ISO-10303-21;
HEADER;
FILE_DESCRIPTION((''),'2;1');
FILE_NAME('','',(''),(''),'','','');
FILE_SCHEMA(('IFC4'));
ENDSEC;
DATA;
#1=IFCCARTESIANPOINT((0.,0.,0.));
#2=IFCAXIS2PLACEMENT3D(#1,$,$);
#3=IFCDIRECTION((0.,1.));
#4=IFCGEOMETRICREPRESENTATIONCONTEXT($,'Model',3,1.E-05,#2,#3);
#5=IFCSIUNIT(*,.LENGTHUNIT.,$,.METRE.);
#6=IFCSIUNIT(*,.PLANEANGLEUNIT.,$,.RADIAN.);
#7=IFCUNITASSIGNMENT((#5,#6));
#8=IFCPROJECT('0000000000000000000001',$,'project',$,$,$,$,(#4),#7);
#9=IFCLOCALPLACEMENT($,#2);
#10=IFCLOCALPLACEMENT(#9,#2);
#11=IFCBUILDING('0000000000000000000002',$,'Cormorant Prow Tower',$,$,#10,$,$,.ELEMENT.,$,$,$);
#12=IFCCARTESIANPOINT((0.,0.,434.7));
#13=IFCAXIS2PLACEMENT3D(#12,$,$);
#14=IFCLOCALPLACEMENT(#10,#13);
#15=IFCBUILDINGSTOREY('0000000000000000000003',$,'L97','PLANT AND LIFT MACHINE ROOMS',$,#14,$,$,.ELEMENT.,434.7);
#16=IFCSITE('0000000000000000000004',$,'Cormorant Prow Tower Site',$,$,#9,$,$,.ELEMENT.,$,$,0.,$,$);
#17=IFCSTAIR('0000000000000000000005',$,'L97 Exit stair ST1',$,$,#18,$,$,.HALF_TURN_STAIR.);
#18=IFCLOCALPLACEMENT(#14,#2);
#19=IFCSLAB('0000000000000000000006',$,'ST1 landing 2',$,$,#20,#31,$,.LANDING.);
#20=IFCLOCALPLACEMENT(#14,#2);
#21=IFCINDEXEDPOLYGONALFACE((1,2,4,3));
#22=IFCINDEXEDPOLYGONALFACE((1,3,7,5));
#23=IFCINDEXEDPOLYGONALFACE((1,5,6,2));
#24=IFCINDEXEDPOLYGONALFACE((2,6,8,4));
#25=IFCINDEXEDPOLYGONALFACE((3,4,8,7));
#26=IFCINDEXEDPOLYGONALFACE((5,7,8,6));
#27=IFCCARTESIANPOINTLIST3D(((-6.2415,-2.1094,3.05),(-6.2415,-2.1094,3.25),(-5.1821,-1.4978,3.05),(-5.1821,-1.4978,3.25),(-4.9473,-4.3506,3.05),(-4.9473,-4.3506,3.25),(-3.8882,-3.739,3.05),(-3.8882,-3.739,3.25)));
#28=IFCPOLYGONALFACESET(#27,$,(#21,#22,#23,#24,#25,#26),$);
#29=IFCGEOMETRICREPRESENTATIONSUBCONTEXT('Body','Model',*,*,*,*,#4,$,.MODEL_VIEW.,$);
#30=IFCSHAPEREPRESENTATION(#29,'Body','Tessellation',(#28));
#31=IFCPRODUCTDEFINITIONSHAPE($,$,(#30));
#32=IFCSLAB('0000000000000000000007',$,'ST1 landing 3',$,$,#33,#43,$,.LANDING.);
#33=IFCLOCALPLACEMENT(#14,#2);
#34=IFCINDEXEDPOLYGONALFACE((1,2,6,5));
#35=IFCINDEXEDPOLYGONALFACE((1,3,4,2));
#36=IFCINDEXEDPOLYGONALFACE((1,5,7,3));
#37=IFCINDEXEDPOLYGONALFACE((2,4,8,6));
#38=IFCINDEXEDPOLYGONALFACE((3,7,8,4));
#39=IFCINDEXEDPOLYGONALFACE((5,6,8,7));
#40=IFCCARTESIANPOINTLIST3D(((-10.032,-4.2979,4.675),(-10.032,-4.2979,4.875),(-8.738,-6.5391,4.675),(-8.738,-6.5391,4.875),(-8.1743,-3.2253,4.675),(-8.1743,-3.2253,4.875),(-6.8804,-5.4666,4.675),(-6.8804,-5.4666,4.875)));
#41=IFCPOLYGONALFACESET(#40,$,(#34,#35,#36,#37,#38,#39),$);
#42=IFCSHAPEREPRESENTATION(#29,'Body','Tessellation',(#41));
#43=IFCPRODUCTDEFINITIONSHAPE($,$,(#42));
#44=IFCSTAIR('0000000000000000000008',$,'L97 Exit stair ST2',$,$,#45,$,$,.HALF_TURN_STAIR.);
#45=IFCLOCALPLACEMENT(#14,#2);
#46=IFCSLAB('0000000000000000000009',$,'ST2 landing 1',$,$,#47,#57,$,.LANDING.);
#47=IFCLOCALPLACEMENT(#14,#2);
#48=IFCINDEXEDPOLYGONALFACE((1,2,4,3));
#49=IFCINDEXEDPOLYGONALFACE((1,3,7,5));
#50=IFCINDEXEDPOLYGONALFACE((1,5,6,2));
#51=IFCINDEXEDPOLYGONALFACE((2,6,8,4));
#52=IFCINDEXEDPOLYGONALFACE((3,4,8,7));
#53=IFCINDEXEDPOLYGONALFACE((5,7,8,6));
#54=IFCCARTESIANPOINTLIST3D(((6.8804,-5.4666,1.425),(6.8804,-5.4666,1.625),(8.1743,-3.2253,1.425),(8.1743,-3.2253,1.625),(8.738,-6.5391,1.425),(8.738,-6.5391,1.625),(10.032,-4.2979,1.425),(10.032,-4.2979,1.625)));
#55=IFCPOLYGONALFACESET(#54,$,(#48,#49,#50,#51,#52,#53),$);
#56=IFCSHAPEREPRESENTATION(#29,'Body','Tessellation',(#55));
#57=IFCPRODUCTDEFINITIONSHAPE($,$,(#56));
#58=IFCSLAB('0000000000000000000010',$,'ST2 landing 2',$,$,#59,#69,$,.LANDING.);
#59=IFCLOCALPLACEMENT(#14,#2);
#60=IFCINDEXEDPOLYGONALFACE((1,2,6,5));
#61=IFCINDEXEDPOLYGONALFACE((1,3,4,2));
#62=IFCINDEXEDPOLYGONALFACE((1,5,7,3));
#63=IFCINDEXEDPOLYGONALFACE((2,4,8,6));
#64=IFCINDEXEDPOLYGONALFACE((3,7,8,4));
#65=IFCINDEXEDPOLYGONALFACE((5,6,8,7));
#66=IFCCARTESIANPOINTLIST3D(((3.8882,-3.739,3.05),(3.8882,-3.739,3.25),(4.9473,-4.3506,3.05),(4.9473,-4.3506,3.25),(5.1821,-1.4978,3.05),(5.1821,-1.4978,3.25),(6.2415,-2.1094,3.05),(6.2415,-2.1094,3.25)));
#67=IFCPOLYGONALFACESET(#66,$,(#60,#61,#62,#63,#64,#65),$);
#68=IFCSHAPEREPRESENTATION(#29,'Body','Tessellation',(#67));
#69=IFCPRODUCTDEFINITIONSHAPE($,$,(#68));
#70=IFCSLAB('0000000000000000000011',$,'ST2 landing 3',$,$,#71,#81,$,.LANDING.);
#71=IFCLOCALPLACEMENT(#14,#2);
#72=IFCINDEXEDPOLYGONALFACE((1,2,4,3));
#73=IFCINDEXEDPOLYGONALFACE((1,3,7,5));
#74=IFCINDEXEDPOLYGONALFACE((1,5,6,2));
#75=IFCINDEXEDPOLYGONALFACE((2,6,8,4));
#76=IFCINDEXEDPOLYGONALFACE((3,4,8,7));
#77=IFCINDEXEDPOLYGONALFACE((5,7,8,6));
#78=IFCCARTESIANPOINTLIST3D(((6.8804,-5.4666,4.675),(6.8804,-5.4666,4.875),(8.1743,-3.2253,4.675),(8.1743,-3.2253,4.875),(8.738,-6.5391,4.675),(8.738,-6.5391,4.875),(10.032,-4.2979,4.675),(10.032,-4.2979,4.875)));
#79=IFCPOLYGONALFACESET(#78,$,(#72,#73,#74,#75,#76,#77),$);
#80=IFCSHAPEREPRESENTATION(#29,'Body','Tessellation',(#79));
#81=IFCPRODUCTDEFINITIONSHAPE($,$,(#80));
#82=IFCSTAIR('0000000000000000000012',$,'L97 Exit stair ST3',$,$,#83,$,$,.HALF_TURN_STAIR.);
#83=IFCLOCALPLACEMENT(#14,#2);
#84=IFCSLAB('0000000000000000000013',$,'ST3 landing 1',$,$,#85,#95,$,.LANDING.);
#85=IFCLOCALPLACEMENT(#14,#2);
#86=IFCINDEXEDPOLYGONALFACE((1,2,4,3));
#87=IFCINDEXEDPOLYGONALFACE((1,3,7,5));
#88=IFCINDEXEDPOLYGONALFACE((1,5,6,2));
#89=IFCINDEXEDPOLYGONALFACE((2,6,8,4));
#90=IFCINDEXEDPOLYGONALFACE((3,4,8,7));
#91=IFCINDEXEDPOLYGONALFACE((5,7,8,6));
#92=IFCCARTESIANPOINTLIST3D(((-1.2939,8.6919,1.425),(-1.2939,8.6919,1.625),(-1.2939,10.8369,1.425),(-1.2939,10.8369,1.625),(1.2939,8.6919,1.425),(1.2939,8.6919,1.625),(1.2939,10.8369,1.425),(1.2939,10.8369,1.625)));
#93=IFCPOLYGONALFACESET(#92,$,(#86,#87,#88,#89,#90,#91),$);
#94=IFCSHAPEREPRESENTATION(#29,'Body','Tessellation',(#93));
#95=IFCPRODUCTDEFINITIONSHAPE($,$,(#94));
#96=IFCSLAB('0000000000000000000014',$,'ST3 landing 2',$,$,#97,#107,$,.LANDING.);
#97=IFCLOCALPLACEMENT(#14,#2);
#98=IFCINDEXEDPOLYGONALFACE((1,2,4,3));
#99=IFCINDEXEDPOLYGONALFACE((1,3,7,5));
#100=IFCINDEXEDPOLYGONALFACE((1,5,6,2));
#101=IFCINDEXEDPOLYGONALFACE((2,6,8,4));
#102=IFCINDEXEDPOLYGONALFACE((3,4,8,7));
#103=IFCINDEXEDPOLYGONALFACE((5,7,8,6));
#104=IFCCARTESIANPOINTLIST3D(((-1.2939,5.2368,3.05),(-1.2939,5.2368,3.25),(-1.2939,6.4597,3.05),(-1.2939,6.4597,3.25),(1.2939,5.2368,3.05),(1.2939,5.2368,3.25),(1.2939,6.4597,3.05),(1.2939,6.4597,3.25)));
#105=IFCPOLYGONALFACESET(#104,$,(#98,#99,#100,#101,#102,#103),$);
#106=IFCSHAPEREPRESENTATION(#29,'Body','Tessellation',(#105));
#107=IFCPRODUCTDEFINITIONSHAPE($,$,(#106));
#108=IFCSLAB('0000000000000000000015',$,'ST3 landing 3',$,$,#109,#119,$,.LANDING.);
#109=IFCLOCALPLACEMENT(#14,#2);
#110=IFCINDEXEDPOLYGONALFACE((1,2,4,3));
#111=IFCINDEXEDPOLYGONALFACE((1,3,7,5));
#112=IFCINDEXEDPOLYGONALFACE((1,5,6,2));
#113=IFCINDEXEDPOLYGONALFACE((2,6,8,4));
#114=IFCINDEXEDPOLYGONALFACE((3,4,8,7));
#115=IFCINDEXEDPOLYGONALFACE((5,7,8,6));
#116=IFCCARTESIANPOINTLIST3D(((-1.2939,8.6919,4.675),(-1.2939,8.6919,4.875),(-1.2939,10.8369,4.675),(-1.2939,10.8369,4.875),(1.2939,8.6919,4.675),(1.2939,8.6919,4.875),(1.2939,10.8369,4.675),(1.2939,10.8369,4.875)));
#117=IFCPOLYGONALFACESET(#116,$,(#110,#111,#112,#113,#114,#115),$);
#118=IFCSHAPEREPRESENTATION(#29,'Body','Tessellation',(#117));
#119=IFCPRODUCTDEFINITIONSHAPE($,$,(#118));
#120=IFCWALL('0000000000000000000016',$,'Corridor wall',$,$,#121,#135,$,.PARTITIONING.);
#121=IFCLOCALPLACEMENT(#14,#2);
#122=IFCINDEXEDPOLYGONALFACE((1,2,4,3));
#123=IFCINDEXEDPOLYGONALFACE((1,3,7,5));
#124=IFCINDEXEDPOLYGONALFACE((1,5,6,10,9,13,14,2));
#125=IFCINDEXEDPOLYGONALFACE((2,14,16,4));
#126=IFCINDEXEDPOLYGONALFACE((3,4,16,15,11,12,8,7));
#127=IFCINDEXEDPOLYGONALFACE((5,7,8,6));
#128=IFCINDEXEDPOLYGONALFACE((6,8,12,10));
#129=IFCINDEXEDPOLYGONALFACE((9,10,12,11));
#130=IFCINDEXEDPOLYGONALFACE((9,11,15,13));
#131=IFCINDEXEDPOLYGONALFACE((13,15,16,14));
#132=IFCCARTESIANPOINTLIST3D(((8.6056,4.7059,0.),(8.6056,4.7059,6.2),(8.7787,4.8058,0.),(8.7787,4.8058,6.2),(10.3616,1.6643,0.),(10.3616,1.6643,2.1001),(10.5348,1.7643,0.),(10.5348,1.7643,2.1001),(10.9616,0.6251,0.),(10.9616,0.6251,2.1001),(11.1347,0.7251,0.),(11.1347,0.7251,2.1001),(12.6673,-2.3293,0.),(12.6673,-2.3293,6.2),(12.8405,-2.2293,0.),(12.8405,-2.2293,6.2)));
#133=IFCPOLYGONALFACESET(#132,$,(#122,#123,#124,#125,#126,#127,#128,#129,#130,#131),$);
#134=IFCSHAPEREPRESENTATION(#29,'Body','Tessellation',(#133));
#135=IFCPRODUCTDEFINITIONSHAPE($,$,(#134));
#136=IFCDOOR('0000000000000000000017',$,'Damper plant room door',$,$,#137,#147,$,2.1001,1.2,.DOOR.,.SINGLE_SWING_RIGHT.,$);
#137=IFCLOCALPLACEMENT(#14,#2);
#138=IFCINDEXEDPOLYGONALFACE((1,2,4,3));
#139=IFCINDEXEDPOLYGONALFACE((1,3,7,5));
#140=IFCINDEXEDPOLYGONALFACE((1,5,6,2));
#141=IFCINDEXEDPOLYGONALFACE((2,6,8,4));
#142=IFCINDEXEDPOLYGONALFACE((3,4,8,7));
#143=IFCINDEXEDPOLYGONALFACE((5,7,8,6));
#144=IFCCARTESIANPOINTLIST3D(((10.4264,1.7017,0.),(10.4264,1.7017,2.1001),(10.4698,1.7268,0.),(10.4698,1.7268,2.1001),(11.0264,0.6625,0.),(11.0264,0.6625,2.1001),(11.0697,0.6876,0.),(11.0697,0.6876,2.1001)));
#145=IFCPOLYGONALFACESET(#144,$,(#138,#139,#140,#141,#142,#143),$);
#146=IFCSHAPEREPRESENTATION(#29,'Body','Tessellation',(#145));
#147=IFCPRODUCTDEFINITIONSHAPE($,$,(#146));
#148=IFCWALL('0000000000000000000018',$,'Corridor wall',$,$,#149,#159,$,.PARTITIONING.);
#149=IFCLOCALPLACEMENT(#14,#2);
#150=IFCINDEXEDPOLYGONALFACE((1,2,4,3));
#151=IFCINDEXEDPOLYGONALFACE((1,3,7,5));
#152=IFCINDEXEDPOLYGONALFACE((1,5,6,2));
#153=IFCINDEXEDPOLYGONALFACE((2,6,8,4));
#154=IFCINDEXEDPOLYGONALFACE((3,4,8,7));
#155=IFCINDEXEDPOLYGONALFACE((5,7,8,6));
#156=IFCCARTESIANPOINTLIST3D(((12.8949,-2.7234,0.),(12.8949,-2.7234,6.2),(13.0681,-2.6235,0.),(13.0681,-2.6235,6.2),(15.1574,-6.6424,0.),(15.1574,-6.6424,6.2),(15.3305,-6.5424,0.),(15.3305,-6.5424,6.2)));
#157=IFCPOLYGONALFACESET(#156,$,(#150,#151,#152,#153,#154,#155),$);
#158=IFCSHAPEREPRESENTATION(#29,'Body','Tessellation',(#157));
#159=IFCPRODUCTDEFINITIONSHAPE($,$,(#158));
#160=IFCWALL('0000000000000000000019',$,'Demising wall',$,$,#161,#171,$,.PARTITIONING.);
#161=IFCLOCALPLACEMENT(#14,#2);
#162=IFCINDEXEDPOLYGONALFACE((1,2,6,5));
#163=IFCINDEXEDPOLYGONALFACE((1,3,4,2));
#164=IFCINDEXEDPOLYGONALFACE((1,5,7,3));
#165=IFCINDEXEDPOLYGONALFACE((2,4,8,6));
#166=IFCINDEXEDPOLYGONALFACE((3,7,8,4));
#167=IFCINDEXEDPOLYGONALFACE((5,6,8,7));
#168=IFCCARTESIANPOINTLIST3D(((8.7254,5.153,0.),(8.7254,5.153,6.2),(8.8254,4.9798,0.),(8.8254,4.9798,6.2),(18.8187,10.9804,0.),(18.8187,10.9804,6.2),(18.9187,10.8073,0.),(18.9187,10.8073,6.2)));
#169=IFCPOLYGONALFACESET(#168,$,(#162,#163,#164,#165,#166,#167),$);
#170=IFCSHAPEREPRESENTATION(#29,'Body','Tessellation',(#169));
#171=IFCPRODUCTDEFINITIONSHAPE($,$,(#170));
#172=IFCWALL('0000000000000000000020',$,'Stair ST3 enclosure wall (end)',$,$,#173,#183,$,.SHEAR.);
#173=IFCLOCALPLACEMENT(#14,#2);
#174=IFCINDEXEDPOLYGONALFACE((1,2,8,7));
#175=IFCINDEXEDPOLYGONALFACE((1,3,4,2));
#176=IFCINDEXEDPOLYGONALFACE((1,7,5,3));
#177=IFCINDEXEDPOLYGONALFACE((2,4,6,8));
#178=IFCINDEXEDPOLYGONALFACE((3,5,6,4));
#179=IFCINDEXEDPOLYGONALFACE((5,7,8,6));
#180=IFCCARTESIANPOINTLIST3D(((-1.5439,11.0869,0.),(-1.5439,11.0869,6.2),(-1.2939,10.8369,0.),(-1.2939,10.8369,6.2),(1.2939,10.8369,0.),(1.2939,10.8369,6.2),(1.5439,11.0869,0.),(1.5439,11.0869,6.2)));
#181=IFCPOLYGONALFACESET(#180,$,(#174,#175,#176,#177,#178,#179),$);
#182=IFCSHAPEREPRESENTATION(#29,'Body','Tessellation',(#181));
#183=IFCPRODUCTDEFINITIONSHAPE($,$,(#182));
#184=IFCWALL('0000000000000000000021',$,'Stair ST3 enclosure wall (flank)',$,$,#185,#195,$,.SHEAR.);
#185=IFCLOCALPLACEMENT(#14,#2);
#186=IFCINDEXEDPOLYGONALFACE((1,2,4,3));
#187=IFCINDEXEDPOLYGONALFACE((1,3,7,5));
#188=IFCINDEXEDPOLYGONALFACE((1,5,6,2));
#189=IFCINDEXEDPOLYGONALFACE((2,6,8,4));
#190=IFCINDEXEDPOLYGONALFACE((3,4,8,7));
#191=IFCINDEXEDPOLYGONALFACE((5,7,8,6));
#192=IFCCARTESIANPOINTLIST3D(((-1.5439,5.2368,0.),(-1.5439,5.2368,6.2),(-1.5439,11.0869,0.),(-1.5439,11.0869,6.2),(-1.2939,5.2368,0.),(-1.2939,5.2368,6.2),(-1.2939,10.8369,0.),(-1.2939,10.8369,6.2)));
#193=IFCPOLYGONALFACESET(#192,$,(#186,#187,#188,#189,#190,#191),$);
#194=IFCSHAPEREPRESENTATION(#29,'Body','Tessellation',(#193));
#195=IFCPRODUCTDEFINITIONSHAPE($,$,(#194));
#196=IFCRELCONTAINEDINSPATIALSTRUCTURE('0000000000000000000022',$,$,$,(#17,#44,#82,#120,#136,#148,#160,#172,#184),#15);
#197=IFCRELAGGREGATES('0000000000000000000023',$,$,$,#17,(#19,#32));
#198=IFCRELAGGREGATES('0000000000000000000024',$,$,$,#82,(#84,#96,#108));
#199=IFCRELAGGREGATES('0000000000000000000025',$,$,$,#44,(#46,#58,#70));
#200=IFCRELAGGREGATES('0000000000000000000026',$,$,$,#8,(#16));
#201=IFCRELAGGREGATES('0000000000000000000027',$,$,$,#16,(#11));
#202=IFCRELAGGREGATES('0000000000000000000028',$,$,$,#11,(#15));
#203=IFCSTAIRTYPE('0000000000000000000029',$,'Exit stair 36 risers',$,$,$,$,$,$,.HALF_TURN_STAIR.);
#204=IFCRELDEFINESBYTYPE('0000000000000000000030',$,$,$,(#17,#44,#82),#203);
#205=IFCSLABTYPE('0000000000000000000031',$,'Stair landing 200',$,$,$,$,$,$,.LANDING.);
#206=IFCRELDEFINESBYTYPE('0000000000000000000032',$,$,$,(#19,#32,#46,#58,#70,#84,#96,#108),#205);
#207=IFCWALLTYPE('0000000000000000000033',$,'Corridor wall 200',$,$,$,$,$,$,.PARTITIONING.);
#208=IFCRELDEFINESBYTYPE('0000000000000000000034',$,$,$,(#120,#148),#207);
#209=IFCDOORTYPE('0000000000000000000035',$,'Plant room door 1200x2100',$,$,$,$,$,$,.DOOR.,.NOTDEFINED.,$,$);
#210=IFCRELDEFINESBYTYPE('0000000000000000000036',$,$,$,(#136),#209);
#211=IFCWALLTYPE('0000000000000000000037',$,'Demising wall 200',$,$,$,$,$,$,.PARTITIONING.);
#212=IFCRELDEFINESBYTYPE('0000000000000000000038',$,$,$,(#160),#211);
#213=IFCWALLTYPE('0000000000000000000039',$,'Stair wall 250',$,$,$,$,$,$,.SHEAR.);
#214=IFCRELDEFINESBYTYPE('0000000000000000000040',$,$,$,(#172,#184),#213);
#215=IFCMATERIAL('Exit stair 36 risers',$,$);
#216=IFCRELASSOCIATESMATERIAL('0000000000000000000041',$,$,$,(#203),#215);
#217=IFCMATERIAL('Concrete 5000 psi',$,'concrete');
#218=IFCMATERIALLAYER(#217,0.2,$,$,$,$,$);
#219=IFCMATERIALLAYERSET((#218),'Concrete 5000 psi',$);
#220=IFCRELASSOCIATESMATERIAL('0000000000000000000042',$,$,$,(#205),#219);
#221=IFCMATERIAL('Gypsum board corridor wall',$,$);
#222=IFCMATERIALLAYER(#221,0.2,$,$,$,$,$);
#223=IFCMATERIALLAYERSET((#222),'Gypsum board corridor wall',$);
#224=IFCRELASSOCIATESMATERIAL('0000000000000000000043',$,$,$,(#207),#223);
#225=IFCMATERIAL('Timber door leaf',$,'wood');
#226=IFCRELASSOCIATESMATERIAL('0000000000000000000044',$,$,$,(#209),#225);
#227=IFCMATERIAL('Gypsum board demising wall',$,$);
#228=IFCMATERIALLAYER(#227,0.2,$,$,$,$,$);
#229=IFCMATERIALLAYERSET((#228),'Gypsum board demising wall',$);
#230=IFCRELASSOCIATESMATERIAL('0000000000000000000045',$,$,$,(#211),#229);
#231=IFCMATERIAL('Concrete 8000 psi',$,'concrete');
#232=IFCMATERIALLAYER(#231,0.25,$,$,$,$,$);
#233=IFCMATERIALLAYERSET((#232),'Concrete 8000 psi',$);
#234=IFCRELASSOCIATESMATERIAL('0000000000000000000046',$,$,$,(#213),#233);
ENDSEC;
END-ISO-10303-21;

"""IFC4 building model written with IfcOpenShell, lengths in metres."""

from ifc_helpers import new_model, si_unit, direction, frame, frame_2d, origin, place, context, subcontext, project, spatial, polyline, rectangle, outline, extrude, material, layer, layer_set, type_object, element, fill, aggregate, save


model = new_model("IFC4")

# Units and contexts
model_context = context("Model", 3, precision=1e-05, world=origin(), true_north=direction((0.0, 1.0)))
body_context = subcontext(model_context, "Body", "Model", "MODEL_VIEW")
ifc_project = project(units=[si_unit("LENGTHUNIT", "METRE"), si_unit("PLANEANGLEUNIT", "RADIAN")], contexts=[model_context])

# Site, building, storey
site_placement = place(None, origin())
site = spatial("IfcSite", under=ifc_project, at=site_placement, Name="Cormorant Prow Tower Site", CompositionType="ELEMENT", RefElevation=0.0)
building_placement = place(site_placement, origin())
building = spatial("IfcBuilding", under=site, at=building_placement, Name="Cormorant Prow Tower", CompositionType="ELEMENT")
storey_placement = place(building_placement, frame((0.0, 0.0, 434.7)))
storey = spatial("IfcBuildingStorey", under=building, at=storey_placement, Name="L97", Description="PLANT AND LIFT MACHINE ROOMS", CompositionType="ELEMENT", Elevation=434.7)

# Stairs, slabs
ifc_material_1 = material(Name="Exit stair 36 risers")
stair_type = type_object("IfcStairType", Name="Exit stair 36 risers", PredefinedType="HALF_TURN_STAIR", material=ifc_material_1)
stair_1_placement = place(storey_placement, origin())
stair_1 = element("IfcStair", 1, at=stair_1_placement, inside=storey, type_object=stair_type, Name="L97 Exit stair ST1", PredefinedType="HALF_TURN_STAIR")
ifc_material_2 = material(Name="Concrete 5000 psi", Category="concrete")
ifc_layer_1 = layer(ifc_material_2, 0.2)
ifc_layer_set_1 = layer_set([ifc_layer_1], Name="Concrete 5000 psi")
slab_type = type_object("IfcSlabType", Name="Stair landing 200", PredefinedType="LANDING", material=ifc_layer_set_1)
slab_1_placement = place(storey_placement, frame((0.0, 0.0, 3.05)))
slab_1 = element("IfcSlab", 2, at=slab_1_placement, type_object=slab_type, Name="ST1 landing 2", PredefinedType="LANDING", context=body_context, shape_type="SweptSolid", body=[
    extrude(outline(polyline([(-5.1821, -1.4978), (-6.2415, -2.1094), (-4.9473, -4.3506), (-3.8882, -3.739), (-5.1821, -1.4978)])), origin(), (0.0, 0.0, 1.0), 0.2),
])
slab_2_placement = place(storey_placement, frame((0.0, 0.0, 4.675)))
slab_2 = element("IfcSlab", 3, at=slab_2_placement, type_object=slab_type, Name="ST1 landing 3", PredefinedType="LANDING", context=body_context, shape_type="SweptSolid", body=[
    extrude(outline(polyline([(-8.1743, -3.2253), (-10.032, -4.2979), (-8.738, -6.5391), (-6.8804, -5.4666), (-8.1743, -3.2253)])), origin(), (0.0, 0.0, 1.0), 0.2),
])
aggregate(stair_1, [slab_1, slab_2])
stair_2_placement = place(storey_placement, origin())
stair_2 = element("IfcStair", 4, at=stair_2_placement, inside=storey, type_object=stair_type, Name="L97 Exit stair ST2", PredefinedType="HALF_TURN_STAIR")
slab_3_placement = place(storey_placement, frame((0.0, 0.0, 1.425)))
slab_3 = element("IfcSlab", 5, at=slab_3_placement, type_object=slab_type, Name="ST2 landing 1", PredefinedType="LANDING", context=body_context, shape_type="SweptSolid", body=[
    extrude(outline(polyline([(6.8804, -5.4666), (8.738, -6.5391), (10.032, -4.2979), (8.1743, -3.2253), (6.8804, -5.4666)])), origin(), (0.0, 0.0, 1.0), 0.2),
])
slab_4_placement = place(storey_placement, frame((0.0, 0.0, 3.05)))
slab_4 = element("IfcSlab", 6, at=slab_4_placement, type_object=slab_type, Name="ST2 landing 2", PredefinedType="LANDING", context=body_context, shape_type="SweptSolid", body=[
    extrude(outline(polyline([(3.8882, -3.739), (4.9473, -4.3506), (6.2415, -2.1094), (5.1821, -1.4978), (3.8882, -3.739)])), origin(), (0.0, 0.0, 1.0), 0.2),
])
slab_5_placement = place(storey_placement, frame((0.0, 0.0, 4.675)))
slab_5 = element("IfcSlab", 7, at=slab_5_placement, type_object=slab_type, Name="ST2 landing 3", PredefinedType="LANDING", context=body_context, shape_type="SweptSolid", body=[
    extrude(outline(polyline([(6.8804, -5.4666), (8.738, -6.5391), (10.032, -4.2979), (8.1743, -3.2253), (6.8804, -5.4666)])), origin(), (0.0, 0.0, 1.0), 0.2),
])
stair_3_placement = place(storey_placement, origin())
stair_3 = element("IfcStair", 8, at=stair_3_placement, inside=storey, type_object=stair_type, Name="L97 Exit stair ST3", PredefinedType="HALF_TURN_STAIR")
slab_6_placement = place(storey_placement, frame((0.0, 0.0, 1.425)))
slab_6 = element("IfcSlab", 9, at=slab_6_placement, type_object=slab_type, Name="ST3 landing 1", PredefinedType="LANDING", context=body_context, shape_type="SweptSolid", body=[
    extrude(outline(polyline([(1.2939, 8.6919), (1.2939, 10.8369), (-1.2939, 10.8369), (-1.2939, 8.6919), (1.2939, 8.6919)])), origin(), (0.0, 0.0, 1.0), 0.2),
])
slab_7_placement = place(storey_placement, frame((0.0, 0.0, 3.05)))
slab_7 = element("IfcSlab", 10, at=slab_7_placement, type_object=slab_type, Name="ST3 landing 2", PredefinedType="LANDING", context=body_context, shape_type="SweptSolid", body=[
    extrude(outline(polyline([(1.2939, 5.2368), (1.2939, 6.4597), (-1.2939, 6.4597), (-1.2939, 5.2368), (1.2939, 5.2368)])), origin(), (0.0, 0.0, 1.0), 0.2),
])
slab_8_placement = place(storey_placement, frame((0.0, 0.0, 4.675)))
slab_8 = element("IfcSlab", 11, at=slab_8_placement, type_object=slab_type, Name="ST3 landing 3", PredefinedType="LANDING", context=body_context, shape_type="SweptSolid", body=[
    extrude(outline(polyline([(1.2939, 8.6919), (1.2939, 10.8369), (-1.2939, 10.8369), (-1.2939, 8.6919), (1.2939, 8.6919)])), origin(), (0.0, 0.0, 1.0), 0.2),
])
aggregate(stair_3, [slab_6, slab_7, slab_8])

# Wall, opening, door
ifc_material_3 = material(Name="Gypsum board corridor wall")
ifc_layer_2 = layer(ifc_material_3, 0.2)
ifc_layer_set_2 = layer_set([ifc_layer_2], Name="Gypsum board corridor wall")
wall_type_1 = type_object("IfcWallType", Name="Corridor wall 200", PredefinedType="PARTITIONING", material=ifc_layer_set_2)
wall_1_placement = place(storey_placement, frame((8.6921, 4.7559, 0.0), z_axis=(0.0, 0.0, 1.0), x_axis=(0.500002, -0.866024, 0.0)))
wall_1 = element("IfcWall", 12, at=wall_1_placement, inside=storey, type_object=wall_type_1, Name="Corridor wall", PredefinedType="PARTITIONING", context=body_context, shape_type="SweptSolid", body=[
    extrude(rectangle(XDim=8.1235, YDim=0.2, at=frame_2d((4.0618, 0.0))), origin(), (0.0, 0.0, 1.0), 6.2),
])
opening_placement = place(wall_1_placement, frame((3.512, 0.0, 0.0)))
opening = element("IfcOpeningElement", 13, at=opening_placement, cuts=wall_1, PredefinedType="OPENING", context=body_context, shape_type="SweptSolid", body=[
    extrude(rectangle(XDim=1.2, YDim=2.1001, at=frame_2d((0.6001, 1.05))), frame((0.0, 0.1099, 0.0), z_axis=(0.0, -1.0, 0.0), x_axis=(1.0, 0.0, 0.0)), (0.0, 0.0, 1.0), 0.22),
])
ifc_material_4 = material(Name="Timber door leaf", Category="wood")
door_type = type_object("IfcDoorType", Name="Plant room door 1200x2100", OperationType="NOTDEFINED", PredefinedType="DOOR", material=ifc_material_4)
door_placement = place(opening_placement, origin())
door = element("IfcDoor", 14, at=door_placement, inside=storey, type_object=door_type, Name="Damper plant room door", OperationType="SINGLE_SWING_RIGHT", OverallHeight=2.1001, OverallWidth=1.2, PredefinedType="DOOR", context=body_context, shape_type="SweptSolid", body=[
    extrude(rectangle(XDim=1.2, YDim=2.1001, at=frame_2d((0.6001, 1.05))), frame((0.0, 0.0249, 0.0), z_axis=(0.0, -1.0, 0.0), x_axis=(1.0, 0.0, 0.0)), (0.0, 0.0, 1.0), 0.05),
])
fill(opening, door)

# Walls
wall_2_placement = place(storey_placement, frame((12.9814, -2.6733, 0.0), z_axis=(0.0, 0.0, 1.0), x_axis=(0.499975, -0.86604, 0.0)))
element("IfcWall", 15, at=wall_2_placement, inside=storey, type_object=wall_type_1, Name="Corridor wall", PredefinedType="PARTITIONING", context=body_context, shape_type="SweptSolid", body=[
    extrude(rectangle(XDim=4.5251, YDim=0.2, at=frame_2d((2.2627, 0.0))), origin(), (0.0, 0.0, 1.0), 6.2),
])
ifc_material_5 = material(Name="Gypsum board demising wall")
ifc_layer_3 = layer(ifc_material_5, 0.2)
ifc_layer_set_3 = layer_set([ifc_layer_3], Name="Gypsum board demising wall")
wall_type_2 = type_object("IfcWallType", Name="Demising wall 200", PredefinedType="PARTITIONING", material=ifc_layer_set_3)
wall_3_placement = place(storey_placement, frame((8.7754, 5.0664, 0.0), z_axis=(0.0, 0.0, 1.0), x_axis=(0.866024, 0.500003, 0.0)))
element("IfcWall", 16, at=wall_3_placement, inside=storey, type_object=wall_type_2, Name="Demising wall", PredefinedType="PARTITIONING", context=body_context, shape_type="SweptSolid", body=[
    extrude(rectangle(XDim=11.6548, YDim=0.2, at=frame_2d((5.8274, 0.0))), origin(), (0.0, 0.0, 1.0), 6.2),
])
ifc_material_6 = material(Name="Concrete 8000 psi", Category="concrete")
ifc_layer_4 = layer(ifc_material_6, 0.25)
ifc_layer_set_4 = layer_set([ifc_layer_4], Name="Concrete 8000 psi")
wall_type_3 = type_object("IfcWallType", Name="Stair wall 250", PredefinedType="SHEAR", material=ifc_layer_set_4)
wall_4_placement = place(storey_placement, origin())
element("IfcWall", 17, at=wall_4_placement, inside=storey, type_object=wall_type_3, Name="Stair ST3 enclosure wall (end)", PredefinedType="SHEAR", context=body_context, shape_type="SweptSolid", body=[
    extrude(outline(polyline([(1.5439, 11.0869), (-1.5439, 11.0869), (-1.2939, 10.8369), (1.2939, 10.8369), (1.5439, 11.0869)])), origin(), (0.0, 0.0, 1.0), 6.2),
])
wall_5_placement = place(storey_placement, origin())
element("IfcWall", 18, at=wall_5_placement, inside=storey, type_object=wall_type_3, Name="Stair ST3 enclosure wall (flank)", PredefinedType="SHEAR", context=body_context, shape_type="SweptSolid", body=[
    extrude(outline(polyline([(-1.2939, 10.8369), (-1.5439, 11.0869), (-1.5439, 5.2368), (-1.2939, 5.2368), (-1.2939, 10.8369)])), origin(), (0.0, 0.0, 1.0), 6.2),
])

aggregate(stair_2, [slab_3, slab_4, slab_5])

save(model, "model.ifc")
